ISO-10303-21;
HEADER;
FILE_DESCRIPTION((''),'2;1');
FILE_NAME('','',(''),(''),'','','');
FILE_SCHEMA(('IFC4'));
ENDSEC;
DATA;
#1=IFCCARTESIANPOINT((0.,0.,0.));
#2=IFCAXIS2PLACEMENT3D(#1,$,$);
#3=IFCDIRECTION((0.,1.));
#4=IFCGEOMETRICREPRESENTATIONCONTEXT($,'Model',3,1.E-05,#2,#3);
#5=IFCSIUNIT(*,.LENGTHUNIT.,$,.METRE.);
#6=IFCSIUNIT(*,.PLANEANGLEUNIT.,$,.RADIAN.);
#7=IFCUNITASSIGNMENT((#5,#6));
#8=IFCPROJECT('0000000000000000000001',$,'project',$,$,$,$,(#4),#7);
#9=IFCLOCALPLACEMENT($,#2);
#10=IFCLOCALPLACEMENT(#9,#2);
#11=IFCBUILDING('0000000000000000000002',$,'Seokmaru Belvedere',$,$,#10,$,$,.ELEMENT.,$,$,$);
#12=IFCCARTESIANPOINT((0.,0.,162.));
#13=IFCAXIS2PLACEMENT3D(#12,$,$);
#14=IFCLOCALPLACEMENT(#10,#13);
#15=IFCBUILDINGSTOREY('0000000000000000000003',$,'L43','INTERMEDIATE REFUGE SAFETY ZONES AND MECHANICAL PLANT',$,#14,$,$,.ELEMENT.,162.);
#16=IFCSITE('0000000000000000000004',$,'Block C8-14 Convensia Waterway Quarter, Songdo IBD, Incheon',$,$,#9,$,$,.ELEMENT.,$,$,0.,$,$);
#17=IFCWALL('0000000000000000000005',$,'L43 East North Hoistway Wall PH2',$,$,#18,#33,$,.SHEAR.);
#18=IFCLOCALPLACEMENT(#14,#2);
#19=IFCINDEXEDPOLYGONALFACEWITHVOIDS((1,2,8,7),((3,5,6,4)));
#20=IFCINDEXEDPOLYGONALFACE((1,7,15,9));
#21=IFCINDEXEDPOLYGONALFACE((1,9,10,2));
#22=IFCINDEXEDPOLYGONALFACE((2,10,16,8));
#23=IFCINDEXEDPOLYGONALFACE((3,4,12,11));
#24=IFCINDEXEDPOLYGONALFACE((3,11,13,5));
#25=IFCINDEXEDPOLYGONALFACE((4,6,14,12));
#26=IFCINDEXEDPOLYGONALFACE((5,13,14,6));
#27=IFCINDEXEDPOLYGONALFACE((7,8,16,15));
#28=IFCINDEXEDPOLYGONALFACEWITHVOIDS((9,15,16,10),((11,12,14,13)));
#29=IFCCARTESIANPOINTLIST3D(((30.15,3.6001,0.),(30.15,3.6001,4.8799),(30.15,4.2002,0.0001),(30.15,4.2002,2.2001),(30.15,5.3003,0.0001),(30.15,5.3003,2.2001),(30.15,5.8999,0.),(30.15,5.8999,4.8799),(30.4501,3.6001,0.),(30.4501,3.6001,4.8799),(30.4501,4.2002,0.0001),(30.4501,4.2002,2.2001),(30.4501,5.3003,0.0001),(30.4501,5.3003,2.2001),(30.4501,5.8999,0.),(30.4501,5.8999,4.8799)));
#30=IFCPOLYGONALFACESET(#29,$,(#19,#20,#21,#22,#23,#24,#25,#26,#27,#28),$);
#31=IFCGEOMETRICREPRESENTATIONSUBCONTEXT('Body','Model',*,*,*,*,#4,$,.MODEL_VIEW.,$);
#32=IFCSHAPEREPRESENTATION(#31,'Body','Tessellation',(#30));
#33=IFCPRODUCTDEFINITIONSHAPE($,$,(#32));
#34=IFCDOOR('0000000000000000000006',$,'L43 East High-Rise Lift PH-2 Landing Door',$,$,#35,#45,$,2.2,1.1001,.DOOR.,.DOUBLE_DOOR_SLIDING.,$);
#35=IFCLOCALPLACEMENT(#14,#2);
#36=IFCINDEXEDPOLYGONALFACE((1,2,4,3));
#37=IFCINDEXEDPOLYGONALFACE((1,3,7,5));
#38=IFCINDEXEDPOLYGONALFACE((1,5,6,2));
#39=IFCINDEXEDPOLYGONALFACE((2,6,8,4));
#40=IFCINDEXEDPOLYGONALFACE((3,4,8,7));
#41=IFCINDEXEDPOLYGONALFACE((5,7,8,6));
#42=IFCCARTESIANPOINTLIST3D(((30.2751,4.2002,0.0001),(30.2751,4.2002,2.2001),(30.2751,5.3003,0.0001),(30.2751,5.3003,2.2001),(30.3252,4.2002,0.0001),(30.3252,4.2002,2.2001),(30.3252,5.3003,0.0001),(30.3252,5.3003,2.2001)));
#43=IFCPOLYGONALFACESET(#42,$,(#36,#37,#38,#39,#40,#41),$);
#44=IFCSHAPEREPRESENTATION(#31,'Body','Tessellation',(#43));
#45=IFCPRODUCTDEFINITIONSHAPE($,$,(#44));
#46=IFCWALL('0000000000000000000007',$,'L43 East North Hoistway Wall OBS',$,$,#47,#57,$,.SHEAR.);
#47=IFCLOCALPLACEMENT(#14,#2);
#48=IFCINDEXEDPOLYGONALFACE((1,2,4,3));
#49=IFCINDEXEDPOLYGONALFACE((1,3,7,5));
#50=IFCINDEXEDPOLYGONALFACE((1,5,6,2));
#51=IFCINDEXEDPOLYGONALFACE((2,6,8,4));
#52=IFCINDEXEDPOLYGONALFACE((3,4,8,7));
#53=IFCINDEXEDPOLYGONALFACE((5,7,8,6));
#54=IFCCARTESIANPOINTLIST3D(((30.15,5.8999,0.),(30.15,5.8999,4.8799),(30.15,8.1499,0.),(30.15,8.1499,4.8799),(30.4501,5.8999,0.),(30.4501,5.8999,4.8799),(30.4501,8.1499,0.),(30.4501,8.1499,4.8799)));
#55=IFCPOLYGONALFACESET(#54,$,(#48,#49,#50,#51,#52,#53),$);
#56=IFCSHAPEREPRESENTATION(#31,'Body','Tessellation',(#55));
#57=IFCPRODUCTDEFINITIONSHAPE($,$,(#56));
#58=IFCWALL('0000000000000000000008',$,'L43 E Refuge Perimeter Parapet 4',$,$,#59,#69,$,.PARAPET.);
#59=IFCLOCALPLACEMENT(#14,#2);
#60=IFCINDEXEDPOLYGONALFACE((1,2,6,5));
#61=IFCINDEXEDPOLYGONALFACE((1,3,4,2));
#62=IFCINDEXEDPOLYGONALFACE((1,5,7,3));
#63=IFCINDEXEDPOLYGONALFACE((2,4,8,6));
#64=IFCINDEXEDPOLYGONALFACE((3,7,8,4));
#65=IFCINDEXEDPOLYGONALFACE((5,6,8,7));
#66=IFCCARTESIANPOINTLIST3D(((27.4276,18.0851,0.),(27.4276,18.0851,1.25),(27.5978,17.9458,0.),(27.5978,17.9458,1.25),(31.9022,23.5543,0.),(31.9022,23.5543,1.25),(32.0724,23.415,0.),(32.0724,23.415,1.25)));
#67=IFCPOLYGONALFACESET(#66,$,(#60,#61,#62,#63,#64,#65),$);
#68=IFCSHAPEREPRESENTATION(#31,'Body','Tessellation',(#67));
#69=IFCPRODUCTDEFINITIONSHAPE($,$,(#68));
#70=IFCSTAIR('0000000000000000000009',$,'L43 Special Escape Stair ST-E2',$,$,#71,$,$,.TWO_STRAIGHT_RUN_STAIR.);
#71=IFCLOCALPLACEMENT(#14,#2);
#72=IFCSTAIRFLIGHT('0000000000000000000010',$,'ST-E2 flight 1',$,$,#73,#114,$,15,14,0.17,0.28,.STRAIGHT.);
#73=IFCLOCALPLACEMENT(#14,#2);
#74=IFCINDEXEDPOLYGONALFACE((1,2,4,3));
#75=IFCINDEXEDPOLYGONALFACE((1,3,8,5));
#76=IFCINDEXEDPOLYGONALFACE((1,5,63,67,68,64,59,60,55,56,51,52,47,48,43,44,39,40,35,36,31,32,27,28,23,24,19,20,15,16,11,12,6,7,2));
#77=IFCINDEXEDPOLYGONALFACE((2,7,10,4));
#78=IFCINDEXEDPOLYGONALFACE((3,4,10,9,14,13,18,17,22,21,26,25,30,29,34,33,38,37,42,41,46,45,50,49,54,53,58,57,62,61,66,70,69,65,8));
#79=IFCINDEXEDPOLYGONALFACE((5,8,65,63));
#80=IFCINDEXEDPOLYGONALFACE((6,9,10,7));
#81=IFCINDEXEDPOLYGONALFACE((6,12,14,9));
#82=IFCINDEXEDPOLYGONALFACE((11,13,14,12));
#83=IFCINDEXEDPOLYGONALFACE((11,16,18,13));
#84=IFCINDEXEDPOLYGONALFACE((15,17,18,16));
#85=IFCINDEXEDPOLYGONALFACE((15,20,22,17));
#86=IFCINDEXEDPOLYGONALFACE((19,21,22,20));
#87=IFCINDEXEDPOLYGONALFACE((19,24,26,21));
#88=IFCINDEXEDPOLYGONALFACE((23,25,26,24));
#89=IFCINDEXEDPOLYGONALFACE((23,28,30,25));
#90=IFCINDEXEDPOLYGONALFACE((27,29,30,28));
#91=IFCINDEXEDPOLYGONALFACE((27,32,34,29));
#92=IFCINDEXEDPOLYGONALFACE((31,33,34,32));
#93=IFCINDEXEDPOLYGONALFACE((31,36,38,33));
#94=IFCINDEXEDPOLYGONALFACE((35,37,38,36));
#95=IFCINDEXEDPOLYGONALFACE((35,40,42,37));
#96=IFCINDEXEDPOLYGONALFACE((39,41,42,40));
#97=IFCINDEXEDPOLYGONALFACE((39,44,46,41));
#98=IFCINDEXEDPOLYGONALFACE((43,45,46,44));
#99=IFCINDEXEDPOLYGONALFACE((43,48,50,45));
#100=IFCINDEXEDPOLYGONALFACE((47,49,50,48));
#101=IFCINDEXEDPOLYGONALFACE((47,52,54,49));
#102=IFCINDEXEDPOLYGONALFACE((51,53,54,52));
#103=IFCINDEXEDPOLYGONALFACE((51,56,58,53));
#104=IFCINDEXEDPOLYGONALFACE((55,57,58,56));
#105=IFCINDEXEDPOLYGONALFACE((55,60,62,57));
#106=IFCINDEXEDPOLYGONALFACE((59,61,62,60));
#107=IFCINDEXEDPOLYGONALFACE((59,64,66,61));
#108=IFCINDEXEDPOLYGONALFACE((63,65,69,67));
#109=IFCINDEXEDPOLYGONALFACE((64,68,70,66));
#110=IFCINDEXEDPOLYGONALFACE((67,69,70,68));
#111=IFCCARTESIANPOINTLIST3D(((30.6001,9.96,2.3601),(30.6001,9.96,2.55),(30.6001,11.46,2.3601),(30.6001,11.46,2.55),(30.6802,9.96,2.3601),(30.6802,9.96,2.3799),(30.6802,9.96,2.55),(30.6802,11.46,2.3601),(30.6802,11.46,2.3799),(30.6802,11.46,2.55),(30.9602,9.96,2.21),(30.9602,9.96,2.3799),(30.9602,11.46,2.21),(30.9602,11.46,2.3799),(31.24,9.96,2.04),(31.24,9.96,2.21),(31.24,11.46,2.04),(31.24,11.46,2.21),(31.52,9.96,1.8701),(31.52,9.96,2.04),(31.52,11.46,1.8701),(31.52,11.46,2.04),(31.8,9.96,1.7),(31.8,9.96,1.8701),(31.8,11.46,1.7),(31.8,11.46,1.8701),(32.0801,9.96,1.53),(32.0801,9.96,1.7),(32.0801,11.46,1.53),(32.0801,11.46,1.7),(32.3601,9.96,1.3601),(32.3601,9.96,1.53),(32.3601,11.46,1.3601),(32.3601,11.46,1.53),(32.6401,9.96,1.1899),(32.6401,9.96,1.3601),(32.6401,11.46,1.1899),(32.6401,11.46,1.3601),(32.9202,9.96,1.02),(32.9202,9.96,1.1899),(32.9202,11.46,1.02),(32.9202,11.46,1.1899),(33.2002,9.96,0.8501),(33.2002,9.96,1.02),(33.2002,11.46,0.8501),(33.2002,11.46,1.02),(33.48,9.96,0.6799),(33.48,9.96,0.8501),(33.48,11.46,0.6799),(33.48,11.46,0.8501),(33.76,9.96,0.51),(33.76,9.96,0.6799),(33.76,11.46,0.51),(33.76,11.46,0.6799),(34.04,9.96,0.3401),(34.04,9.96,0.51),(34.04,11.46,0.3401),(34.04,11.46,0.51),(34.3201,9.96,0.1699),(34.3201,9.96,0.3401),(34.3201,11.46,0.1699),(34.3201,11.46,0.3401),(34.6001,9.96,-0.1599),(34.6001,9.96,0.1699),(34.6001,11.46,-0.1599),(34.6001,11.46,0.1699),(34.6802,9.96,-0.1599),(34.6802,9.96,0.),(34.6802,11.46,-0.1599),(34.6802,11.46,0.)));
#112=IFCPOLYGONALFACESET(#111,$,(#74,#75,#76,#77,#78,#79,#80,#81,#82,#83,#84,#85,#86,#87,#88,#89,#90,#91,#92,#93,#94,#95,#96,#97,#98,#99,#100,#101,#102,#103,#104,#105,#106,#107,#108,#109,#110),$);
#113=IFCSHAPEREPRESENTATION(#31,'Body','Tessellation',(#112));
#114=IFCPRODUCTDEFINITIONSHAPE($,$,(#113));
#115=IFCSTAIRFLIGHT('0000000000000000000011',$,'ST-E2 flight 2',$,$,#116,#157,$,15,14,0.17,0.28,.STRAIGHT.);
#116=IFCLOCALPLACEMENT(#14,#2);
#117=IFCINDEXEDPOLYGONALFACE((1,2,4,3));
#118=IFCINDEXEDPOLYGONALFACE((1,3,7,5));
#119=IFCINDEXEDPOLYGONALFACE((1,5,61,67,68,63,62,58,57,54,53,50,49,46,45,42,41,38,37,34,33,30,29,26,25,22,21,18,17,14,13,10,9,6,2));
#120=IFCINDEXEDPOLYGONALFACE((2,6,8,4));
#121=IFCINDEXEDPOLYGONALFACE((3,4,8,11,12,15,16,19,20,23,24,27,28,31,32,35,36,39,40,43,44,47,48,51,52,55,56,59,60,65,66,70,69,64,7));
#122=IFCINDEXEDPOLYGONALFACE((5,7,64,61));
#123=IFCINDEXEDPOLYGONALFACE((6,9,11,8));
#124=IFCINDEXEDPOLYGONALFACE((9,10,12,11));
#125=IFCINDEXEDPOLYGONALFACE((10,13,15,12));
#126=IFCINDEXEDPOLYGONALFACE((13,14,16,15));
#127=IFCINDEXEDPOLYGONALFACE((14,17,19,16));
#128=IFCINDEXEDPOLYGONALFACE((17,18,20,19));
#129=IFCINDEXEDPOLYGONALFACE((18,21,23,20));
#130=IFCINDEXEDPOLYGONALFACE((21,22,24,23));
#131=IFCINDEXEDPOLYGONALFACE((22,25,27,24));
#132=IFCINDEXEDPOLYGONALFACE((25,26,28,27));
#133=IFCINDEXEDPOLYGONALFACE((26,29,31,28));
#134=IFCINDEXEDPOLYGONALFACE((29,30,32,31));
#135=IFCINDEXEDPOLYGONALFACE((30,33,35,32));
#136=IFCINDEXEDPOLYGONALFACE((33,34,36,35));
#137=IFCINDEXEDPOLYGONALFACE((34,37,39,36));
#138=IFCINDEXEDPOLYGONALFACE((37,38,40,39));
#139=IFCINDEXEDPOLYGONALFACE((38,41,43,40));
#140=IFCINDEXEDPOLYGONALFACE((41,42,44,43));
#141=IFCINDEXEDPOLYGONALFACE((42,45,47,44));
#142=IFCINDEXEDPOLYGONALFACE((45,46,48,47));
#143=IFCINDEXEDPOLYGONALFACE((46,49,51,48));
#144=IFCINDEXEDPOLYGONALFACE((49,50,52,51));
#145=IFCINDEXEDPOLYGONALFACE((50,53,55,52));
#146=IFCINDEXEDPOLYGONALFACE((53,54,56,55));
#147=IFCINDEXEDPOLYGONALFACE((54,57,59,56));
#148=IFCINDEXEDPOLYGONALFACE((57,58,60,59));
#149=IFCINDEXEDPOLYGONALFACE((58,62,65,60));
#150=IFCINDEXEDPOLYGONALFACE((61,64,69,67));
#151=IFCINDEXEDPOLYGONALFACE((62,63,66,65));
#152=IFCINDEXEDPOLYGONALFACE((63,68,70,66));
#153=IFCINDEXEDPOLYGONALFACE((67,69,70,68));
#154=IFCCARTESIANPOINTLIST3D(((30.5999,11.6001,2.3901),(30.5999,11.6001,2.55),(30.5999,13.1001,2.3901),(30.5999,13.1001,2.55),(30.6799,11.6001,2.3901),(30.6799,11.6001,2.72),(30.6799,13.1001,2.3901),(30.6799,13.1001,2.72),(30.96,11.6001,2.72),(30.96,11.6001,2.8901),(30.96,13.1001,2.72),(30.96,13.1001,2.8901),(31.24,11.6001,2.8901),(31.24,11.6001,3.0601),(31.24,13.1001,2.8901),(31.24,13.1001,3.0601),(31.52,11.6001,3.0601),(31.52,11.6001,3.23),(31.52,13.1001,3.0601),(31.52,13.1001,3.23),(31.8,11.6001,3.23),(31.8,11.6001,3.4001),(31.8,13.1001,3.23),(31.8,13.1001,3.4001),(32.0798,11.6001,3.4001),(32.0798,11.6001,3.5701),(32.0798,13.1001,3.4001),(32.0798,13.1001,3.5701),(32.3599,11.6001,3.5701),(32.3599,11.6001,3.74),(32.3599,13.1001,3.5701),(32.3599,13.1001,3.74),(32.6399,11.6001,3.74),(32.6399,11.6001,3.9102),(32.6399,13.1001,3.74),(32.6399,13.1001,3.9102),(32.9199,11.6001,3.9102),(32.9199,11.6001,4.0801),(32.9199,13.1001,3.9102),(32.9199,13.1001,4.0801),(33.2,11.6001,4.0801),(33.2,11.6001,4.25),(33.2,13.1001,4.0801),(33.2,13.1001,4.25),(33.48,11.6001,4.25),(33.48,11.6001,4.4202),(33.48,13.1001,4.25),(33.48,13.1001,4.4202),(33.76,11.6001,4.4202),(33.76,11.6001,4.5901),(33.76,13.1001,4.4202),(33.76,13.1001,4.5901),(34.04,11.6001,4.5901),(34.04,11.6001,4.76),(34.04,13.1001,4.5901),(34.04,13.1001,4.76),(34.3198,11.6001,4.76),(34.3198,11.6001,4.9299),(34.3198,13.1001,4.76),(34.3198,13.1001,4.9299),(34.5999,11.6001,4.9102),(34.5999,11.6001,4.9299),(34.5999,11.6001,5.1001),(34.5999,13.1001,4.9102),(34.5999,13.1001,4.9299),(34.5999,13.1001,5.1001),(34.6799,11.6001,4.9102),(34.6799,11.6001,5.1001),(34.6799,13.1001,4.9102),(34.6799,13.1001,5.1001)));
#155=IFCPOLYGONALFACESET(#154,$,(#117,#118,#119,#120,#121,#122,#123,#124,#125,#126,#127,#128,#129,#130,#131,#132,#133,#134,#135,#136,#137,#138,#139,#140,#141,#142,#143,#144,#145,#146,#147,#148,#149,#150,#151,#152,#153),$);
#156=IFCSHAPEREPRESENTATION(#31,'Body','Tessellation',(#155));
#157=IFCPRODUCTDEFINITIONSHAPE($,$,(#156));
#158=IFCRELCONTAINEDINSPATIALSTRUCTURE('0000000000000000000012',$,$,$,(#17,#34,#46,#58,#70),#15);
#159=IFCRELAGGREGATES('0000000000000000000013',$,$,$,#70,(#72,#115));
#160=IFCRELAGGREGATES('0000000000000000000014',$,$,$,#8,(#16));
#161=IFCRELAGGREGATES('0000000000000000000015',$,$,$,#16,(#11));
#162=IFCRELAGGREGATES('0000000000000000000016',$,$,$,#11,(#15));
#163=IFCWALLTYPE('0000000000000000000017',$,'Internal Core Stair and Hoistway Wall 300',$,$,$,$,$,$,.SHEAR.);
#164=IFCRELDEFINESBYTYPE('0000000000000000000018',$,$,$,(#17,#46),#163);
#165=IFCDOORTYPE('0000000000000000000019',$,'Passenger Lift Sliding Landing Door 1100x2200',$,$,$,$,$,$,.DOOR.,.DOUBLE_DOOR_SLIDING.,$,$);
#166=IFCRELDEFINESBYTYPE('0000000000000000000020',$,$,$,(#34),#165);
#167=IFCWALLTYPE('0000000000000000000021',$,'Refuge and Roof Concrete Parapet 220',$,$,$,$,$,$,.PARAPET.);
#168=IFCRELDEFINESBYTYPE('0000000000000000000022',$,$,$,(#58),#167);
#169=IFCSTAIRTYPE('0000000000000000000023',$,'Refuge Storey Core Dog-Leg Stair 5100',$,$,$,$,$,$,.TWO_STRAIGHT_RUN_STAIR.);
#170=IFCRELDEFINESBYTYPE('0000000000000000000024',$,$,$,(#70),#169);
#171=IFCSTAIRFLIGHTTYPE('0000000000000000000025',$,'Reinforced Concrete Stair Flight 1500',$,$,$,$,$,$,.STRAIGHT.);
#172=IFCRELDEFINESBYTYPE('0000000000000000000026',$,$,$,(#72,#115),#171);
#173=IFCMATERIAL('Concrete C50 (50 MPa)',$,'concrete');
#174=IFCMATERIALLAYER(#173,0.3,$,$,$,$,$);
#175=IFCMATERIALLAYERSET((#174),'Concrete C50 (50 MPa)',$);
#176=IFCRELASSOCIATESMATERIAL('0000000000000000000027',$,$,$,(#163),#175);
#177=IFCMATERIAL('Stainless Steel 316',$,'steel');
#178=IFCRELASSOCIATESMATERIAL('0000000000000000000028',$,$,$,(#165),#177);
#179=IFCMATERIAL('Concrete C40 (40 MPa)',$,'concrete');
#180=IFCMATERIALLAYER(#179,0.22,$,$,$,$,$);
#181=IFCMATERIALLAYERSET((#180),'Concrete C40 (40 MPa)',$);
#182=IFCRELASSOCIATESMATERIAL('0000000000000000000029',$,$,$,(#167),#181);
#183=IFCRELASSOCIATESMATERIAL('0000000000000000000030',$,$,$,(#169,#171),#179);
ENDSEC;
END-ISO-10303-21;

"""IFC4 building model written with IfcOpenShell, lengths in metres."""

from ifc_helpers import new_model, si_unit, direction, frame, frame_2d, origin, place, context, subcontext, project, spatial, polyline, rectangle, outline, extrude, source, transform, mapped, material, layer, layer_set, type_object, type_shapes, element, fill, aggregate, save


model = new_model("IFC4")

# Units and contexts
model_context = context("Model", 3, precision=1e-05, world=origin(), true_north=direction((0.0, 1.0)))
body_context = subcontext(model_context, "Body", "Model", "MODEL_VIEW")
ifc_project = project(units=[si_unit("LENGTHUNIT", "METRE"), si_unit("PLANEANGLEUNIT", "RADIAN")], contexts=[model_context])

# Site, building, storey
site_placement = place(None, origin())
site = spatial("IfcSite", under=ifc_project, at=site_placement, Name="Block C8-14 Convensia Waterway Quarter, Songdo IBD, Incheon", CompositionType="ELEMENT", RefElevation=0.0)
building_placement = place(site_placement, origin())
building = spatial("IfcBuilding", under=site, at=building_placement, Name="Seokmaru Belvedere", CompositionType="ELEMENT")
storey_placement = place(building_placement, frame((0.0, 0.0, 162.0)))
storey = spatial("IfcBuildingStorey", under=building, at=storey_placement, Name="L43", Description="INTERMEDIATE REFUGE SAFETY ZONES AND MECHANICAL PLANT", CompositionType="ELEMENT", Elevation=162.0)

# Wall, opening, door
ifc_material_1 = material(Name="Concrete C50 (50 MPa)", Category="concrete")
ifc_layer_1 = layer(ifc_material_1, 0.3)
ifc_layer_set_1 = layer_set([ifc_layer_1], Name="Concrete C50 (50 MPa)")
wall_type_1 = type_object("IfcWallType", Name="Internal Core Stair and Hoistway Wall 300", PredefinedType="SHEAR", material=ifc_layer_set_1)
wall_1_placement = place(storey_placement, frame((30.3, 3.6001, 0.0), z_axis=(0.0, 0.0, 1.0), x_axis=(0.0, 1.0, 0.0)))
wall_1 = element("IfcWall", 1, at=wall_1_placement, inside=storey, type_object=wall_type_1, Name="L43 East North Hoistway Wall PH2", PredefinedType="SHEAR", context=body_context, shape_type="SweptSolid", body=[
    extrude(rectangle(XDim=2.2998, YDim=0.3, at=frame_2d((1.1499, 0.0))), origin(), (0.0, 0.0, 1.0), 4.8799),
])
opening_1_placement = place(wall_1_placement, frame((0.6001, 0.0, 0.0)))
opening_1 = element("IfcOpeningElement", 2, at=opening_1_placement, cuts=wall_1, PredefinedType="OPENING", context=body_context, shape_type="SweptSolid", body=[
    extrude(rectangle(XDim=1.1001, YDim=2.2, at=frame_2d((0.55, 1.1001))), frame((0.0, 0.1602, 0.0), z_axis=(0.0, -1.0, 0.0), x_axis=(1.0, 0.0, 0.0)), (0.0, 0.0, 1.0), 0.3201),
])
ifc_material_2 = material(Name="Stainless Steel 316", Category="steel")
door_type_1 = type_object("IfcDoorType", Name="Passenger Lift Sliding Landing Door 1100x2200", OperationType="DOUBLE_DOOR_SLIDING", PredefinedType="DOOR", material=ifc_material_2)
shared_shape_1 = source(origin(), body_context, "Body", "SweptSolid", [
    extrude(rectangle(XDim=1.1001, YDim=2.2, at=frame_2d((0.55, 1.1001))), frame((0.0, 0.0249, 0.0), z_axis=(0.0, -1.0, 0.0), x_axis=(1.0, 0.0, 0.0)), (0.0, 0.0, 1.0), 0.05),
])
type_shapes(door_type_1, [shared_shape_1])
door_1_placement = place(opening_1_placement, origin())
door_1 = element("IfcDoor", 3, at=door_1_placement, inside=storey, type_object=door_type_1, Name="L43 East High-Rise Lift PH-2 Landing Door", OperationType="DOUBLE_DOOR_SLIDING", OverallHeight=2.2, OverallWidth=1.1001, PredefinedType="DOOR", context=body_context, shape_type="MappedRepresentation", body=[
    mapped(shared_shape_1, transform((0.0, 0.0, 0.0), scale=1.0)),
])
fill(opening_1, door_1)

# Wall
wall_2_placement = place(storey_placement, frame((30.3, 5.8999, 0.0), z_axis=(0.0, 0.0, 1.0), x_axis=(0.0, 1.0, 0.0)))
element("IfcWall", 4, at=wall_2_placement, inside=storey, type_object=wall_type_1, Name="L43 East North Hoistway Wall OBS", PredefinedType="SHEAR", context=body_context, shape_type="SweptSolid", body=[
    extrude(rectangle(XDim=2.25, YDim=0.3, at=frame_2d((1.125, 0.0))), origin(), (0.0, 0.0, 1.0), 4.8799),
])

# Wall
ifc_material_3 = material(Name="Concrete C40 (40 MPa)", Category="concrete")
ifc_layer_2 = layer(ifc_material_3, 0.22)
ifc_layer_set_2 = layer_set([ifc_layer_2], Name="Concrete C40 (40 MPa)")
wall_type_2 = type_object("IfcWallType", Name="Refuge and Roof Concrete Parapet 220", PredefinedType="PARAPET", material=ifc_layer_set_2)
wall_3_placement = place(storey_placement, frame((31.9873, 23.4846, 0.0), z_axis=(0.0, 0.0, 1.0), x_axis=(-0.633219, -0.773973, 0.0)))
element("IfcWall", 5, at=wall_3_placement, inside=storey, type_object=wall_type_2, Name="L43 E Refuge Perimeter Parapet 4", PredefinedType="PARAPET", context=body_context, shape_type="SweptSolid", body=[
    extrude(rectangle(XDim=7.0664, YDim=0.22, at=frame_2d((3.5332, 0.0))), origin(), (0.0, 0.0, 1.0), 1.25),
])

# Stair, stair flights
stair_type = type_object("IfcStairType", Name="Refuge Storey Core Dog-Leg Stair 5100", PredefinedType="TWO_STRAIGHT_RUN_STAIR", material=ifc_material_3)
stair_placement = place(storey_placement, origin())
stair = element("IfcStair", 6, at=stair_placement, inside=storey, type_object=stair_type, Name="L43 Special Escape Stair ST-E2", PredefinedType="TWO_STRAIGHT_RUN_STAIR")
stair_flight_type = type_object("IfcStairFlightType", Name="Reinforced Concrete Stair Flight 1500", PredefinedType="STRAIGHT", material=ifc_material_3)
stair_flight_1_placement = place(storey_placement, frame((34.6001, 10.71, 0.0), z_axis=(0.0, 0.0, 1.0), x_axis=(-1.0, 0.0, 0.0)))
stair_flight_1 = element("IfcStairFlight", 7, at=stair_flight_1_placement, type_object=stair_flight_type, Name="ST-E2 flight 1", NumberOfRisers=15, NumberOfTreads=14, PredefinedType="STRAIGHT", RiserHeight=0.17, TreadLength=0.28, context=body_context, shape_type="SweptSolid", body=[
    extrude(outline(polyline([(-0.0801, 0.0), (0.0, 0.1699), (0.28, 0.1699), (0.28, 0.3401), (0.5601, 0.3401), (0.5601, 0.51), (0.8401, 0.51), (0.8401, 0.6799), (1.1201, 0.6799), (1.1201, 0.8501), (1.3999, 0.8501), (1.3999, 1.02), (1.6799, 1.02), (1.6799, 1.1899), (1.96, 1.1899), (1.96, 1.3601), (2.24, 1.3601), (2.24, 1.53), (2.52, 1.53), (2.52, 1.7), (2.8, 1.7), (2.8, 1.8701), (3.0801, 1.8701), (3.0801, 2.04), (3.3601, 2.04), (3.3601, 2.21), (3.6399, 2.21), (3.6399, 2.3799), (3.9199, 2.3799), (3.9199, 2.55), (4.0, 2.55), (4.0, 2.3601), (3.9199, 2.3601), (0.0, -0.1599), (-0.0801, -0.1599), (-0.0801, 0.0)])), frame((0.0, 0.75, 0.0), z_axis=(0.0, -1.0, 0.0), x_axis=(1.0, 0.0, 0.0)), (0.0, 0.0, 1.0), 1.5),
])
stair_flight_2_placement = place(storey_placement, frame((30.6799, 12.3501, 2.55), z_axis=(0.0, 0.0, 1.0), x_axis=(1.0, 0.0, 0.0)))
stair_flight_2 = element("IfcStairFlight", 8, at=stair_flight_2_placement, type_object=stair_flight_type, Name="ST-E2 flight 2", NumberOfRisers=15, NumberOfTreads=14, PredefinedType="STRAIGHT", RiserHeight=0.17, TreadLength=0.28, context=body_context, shape_type="SweptSolid", body=[
    extrude(outline(polyline([(-0.0801, 0.0), (0.0, 0.1699), (0.28, 0.1699), (0.28, 0.3401), (0.5601, 0.3401), (0.5601, 0.51), (0.8401, 0.51), (0.8401, 0.6799), (1.1201, 0.6799), (1.1201, 0.8501), (1.3999, 0.8501), (1.3999, 1.02), (1.6799, 1.02), (1.6799, 1.1899), (1.96, 1.1899), (1.96, 1.3601), (2.24, 1.3601), (2.24, 1.53), (2.52, 1.53), (2.52, 1.7), (2.8, 1.7), (2.8, 1.8701), (3.0801, 1.8701), (3.0801, 2.04), (3.3601, 2.04), (3.3601, 2.21), (3.6399, 2.21), (3.6399, 2.3799), (3.9199, 2.3799), (3.9199, 2.55), (4.0, 2.55), (4.0, 2.3601), (3.9199, 2.3601), (0.0, -0.1599), (-0.0801, -0.1599), (-0.0801, 0.0)])), frame((0.0, 0.75, 0.0), z_axis=(0.0, -1.0, 0.0), x_axis=(1.0, 0.0, 0.0)), (0.0, 0.0, 1.0), 1.5),
])
aggregate(stair, [stair_flight_1, stair_flight_2])

save(model, "model.ifc")
